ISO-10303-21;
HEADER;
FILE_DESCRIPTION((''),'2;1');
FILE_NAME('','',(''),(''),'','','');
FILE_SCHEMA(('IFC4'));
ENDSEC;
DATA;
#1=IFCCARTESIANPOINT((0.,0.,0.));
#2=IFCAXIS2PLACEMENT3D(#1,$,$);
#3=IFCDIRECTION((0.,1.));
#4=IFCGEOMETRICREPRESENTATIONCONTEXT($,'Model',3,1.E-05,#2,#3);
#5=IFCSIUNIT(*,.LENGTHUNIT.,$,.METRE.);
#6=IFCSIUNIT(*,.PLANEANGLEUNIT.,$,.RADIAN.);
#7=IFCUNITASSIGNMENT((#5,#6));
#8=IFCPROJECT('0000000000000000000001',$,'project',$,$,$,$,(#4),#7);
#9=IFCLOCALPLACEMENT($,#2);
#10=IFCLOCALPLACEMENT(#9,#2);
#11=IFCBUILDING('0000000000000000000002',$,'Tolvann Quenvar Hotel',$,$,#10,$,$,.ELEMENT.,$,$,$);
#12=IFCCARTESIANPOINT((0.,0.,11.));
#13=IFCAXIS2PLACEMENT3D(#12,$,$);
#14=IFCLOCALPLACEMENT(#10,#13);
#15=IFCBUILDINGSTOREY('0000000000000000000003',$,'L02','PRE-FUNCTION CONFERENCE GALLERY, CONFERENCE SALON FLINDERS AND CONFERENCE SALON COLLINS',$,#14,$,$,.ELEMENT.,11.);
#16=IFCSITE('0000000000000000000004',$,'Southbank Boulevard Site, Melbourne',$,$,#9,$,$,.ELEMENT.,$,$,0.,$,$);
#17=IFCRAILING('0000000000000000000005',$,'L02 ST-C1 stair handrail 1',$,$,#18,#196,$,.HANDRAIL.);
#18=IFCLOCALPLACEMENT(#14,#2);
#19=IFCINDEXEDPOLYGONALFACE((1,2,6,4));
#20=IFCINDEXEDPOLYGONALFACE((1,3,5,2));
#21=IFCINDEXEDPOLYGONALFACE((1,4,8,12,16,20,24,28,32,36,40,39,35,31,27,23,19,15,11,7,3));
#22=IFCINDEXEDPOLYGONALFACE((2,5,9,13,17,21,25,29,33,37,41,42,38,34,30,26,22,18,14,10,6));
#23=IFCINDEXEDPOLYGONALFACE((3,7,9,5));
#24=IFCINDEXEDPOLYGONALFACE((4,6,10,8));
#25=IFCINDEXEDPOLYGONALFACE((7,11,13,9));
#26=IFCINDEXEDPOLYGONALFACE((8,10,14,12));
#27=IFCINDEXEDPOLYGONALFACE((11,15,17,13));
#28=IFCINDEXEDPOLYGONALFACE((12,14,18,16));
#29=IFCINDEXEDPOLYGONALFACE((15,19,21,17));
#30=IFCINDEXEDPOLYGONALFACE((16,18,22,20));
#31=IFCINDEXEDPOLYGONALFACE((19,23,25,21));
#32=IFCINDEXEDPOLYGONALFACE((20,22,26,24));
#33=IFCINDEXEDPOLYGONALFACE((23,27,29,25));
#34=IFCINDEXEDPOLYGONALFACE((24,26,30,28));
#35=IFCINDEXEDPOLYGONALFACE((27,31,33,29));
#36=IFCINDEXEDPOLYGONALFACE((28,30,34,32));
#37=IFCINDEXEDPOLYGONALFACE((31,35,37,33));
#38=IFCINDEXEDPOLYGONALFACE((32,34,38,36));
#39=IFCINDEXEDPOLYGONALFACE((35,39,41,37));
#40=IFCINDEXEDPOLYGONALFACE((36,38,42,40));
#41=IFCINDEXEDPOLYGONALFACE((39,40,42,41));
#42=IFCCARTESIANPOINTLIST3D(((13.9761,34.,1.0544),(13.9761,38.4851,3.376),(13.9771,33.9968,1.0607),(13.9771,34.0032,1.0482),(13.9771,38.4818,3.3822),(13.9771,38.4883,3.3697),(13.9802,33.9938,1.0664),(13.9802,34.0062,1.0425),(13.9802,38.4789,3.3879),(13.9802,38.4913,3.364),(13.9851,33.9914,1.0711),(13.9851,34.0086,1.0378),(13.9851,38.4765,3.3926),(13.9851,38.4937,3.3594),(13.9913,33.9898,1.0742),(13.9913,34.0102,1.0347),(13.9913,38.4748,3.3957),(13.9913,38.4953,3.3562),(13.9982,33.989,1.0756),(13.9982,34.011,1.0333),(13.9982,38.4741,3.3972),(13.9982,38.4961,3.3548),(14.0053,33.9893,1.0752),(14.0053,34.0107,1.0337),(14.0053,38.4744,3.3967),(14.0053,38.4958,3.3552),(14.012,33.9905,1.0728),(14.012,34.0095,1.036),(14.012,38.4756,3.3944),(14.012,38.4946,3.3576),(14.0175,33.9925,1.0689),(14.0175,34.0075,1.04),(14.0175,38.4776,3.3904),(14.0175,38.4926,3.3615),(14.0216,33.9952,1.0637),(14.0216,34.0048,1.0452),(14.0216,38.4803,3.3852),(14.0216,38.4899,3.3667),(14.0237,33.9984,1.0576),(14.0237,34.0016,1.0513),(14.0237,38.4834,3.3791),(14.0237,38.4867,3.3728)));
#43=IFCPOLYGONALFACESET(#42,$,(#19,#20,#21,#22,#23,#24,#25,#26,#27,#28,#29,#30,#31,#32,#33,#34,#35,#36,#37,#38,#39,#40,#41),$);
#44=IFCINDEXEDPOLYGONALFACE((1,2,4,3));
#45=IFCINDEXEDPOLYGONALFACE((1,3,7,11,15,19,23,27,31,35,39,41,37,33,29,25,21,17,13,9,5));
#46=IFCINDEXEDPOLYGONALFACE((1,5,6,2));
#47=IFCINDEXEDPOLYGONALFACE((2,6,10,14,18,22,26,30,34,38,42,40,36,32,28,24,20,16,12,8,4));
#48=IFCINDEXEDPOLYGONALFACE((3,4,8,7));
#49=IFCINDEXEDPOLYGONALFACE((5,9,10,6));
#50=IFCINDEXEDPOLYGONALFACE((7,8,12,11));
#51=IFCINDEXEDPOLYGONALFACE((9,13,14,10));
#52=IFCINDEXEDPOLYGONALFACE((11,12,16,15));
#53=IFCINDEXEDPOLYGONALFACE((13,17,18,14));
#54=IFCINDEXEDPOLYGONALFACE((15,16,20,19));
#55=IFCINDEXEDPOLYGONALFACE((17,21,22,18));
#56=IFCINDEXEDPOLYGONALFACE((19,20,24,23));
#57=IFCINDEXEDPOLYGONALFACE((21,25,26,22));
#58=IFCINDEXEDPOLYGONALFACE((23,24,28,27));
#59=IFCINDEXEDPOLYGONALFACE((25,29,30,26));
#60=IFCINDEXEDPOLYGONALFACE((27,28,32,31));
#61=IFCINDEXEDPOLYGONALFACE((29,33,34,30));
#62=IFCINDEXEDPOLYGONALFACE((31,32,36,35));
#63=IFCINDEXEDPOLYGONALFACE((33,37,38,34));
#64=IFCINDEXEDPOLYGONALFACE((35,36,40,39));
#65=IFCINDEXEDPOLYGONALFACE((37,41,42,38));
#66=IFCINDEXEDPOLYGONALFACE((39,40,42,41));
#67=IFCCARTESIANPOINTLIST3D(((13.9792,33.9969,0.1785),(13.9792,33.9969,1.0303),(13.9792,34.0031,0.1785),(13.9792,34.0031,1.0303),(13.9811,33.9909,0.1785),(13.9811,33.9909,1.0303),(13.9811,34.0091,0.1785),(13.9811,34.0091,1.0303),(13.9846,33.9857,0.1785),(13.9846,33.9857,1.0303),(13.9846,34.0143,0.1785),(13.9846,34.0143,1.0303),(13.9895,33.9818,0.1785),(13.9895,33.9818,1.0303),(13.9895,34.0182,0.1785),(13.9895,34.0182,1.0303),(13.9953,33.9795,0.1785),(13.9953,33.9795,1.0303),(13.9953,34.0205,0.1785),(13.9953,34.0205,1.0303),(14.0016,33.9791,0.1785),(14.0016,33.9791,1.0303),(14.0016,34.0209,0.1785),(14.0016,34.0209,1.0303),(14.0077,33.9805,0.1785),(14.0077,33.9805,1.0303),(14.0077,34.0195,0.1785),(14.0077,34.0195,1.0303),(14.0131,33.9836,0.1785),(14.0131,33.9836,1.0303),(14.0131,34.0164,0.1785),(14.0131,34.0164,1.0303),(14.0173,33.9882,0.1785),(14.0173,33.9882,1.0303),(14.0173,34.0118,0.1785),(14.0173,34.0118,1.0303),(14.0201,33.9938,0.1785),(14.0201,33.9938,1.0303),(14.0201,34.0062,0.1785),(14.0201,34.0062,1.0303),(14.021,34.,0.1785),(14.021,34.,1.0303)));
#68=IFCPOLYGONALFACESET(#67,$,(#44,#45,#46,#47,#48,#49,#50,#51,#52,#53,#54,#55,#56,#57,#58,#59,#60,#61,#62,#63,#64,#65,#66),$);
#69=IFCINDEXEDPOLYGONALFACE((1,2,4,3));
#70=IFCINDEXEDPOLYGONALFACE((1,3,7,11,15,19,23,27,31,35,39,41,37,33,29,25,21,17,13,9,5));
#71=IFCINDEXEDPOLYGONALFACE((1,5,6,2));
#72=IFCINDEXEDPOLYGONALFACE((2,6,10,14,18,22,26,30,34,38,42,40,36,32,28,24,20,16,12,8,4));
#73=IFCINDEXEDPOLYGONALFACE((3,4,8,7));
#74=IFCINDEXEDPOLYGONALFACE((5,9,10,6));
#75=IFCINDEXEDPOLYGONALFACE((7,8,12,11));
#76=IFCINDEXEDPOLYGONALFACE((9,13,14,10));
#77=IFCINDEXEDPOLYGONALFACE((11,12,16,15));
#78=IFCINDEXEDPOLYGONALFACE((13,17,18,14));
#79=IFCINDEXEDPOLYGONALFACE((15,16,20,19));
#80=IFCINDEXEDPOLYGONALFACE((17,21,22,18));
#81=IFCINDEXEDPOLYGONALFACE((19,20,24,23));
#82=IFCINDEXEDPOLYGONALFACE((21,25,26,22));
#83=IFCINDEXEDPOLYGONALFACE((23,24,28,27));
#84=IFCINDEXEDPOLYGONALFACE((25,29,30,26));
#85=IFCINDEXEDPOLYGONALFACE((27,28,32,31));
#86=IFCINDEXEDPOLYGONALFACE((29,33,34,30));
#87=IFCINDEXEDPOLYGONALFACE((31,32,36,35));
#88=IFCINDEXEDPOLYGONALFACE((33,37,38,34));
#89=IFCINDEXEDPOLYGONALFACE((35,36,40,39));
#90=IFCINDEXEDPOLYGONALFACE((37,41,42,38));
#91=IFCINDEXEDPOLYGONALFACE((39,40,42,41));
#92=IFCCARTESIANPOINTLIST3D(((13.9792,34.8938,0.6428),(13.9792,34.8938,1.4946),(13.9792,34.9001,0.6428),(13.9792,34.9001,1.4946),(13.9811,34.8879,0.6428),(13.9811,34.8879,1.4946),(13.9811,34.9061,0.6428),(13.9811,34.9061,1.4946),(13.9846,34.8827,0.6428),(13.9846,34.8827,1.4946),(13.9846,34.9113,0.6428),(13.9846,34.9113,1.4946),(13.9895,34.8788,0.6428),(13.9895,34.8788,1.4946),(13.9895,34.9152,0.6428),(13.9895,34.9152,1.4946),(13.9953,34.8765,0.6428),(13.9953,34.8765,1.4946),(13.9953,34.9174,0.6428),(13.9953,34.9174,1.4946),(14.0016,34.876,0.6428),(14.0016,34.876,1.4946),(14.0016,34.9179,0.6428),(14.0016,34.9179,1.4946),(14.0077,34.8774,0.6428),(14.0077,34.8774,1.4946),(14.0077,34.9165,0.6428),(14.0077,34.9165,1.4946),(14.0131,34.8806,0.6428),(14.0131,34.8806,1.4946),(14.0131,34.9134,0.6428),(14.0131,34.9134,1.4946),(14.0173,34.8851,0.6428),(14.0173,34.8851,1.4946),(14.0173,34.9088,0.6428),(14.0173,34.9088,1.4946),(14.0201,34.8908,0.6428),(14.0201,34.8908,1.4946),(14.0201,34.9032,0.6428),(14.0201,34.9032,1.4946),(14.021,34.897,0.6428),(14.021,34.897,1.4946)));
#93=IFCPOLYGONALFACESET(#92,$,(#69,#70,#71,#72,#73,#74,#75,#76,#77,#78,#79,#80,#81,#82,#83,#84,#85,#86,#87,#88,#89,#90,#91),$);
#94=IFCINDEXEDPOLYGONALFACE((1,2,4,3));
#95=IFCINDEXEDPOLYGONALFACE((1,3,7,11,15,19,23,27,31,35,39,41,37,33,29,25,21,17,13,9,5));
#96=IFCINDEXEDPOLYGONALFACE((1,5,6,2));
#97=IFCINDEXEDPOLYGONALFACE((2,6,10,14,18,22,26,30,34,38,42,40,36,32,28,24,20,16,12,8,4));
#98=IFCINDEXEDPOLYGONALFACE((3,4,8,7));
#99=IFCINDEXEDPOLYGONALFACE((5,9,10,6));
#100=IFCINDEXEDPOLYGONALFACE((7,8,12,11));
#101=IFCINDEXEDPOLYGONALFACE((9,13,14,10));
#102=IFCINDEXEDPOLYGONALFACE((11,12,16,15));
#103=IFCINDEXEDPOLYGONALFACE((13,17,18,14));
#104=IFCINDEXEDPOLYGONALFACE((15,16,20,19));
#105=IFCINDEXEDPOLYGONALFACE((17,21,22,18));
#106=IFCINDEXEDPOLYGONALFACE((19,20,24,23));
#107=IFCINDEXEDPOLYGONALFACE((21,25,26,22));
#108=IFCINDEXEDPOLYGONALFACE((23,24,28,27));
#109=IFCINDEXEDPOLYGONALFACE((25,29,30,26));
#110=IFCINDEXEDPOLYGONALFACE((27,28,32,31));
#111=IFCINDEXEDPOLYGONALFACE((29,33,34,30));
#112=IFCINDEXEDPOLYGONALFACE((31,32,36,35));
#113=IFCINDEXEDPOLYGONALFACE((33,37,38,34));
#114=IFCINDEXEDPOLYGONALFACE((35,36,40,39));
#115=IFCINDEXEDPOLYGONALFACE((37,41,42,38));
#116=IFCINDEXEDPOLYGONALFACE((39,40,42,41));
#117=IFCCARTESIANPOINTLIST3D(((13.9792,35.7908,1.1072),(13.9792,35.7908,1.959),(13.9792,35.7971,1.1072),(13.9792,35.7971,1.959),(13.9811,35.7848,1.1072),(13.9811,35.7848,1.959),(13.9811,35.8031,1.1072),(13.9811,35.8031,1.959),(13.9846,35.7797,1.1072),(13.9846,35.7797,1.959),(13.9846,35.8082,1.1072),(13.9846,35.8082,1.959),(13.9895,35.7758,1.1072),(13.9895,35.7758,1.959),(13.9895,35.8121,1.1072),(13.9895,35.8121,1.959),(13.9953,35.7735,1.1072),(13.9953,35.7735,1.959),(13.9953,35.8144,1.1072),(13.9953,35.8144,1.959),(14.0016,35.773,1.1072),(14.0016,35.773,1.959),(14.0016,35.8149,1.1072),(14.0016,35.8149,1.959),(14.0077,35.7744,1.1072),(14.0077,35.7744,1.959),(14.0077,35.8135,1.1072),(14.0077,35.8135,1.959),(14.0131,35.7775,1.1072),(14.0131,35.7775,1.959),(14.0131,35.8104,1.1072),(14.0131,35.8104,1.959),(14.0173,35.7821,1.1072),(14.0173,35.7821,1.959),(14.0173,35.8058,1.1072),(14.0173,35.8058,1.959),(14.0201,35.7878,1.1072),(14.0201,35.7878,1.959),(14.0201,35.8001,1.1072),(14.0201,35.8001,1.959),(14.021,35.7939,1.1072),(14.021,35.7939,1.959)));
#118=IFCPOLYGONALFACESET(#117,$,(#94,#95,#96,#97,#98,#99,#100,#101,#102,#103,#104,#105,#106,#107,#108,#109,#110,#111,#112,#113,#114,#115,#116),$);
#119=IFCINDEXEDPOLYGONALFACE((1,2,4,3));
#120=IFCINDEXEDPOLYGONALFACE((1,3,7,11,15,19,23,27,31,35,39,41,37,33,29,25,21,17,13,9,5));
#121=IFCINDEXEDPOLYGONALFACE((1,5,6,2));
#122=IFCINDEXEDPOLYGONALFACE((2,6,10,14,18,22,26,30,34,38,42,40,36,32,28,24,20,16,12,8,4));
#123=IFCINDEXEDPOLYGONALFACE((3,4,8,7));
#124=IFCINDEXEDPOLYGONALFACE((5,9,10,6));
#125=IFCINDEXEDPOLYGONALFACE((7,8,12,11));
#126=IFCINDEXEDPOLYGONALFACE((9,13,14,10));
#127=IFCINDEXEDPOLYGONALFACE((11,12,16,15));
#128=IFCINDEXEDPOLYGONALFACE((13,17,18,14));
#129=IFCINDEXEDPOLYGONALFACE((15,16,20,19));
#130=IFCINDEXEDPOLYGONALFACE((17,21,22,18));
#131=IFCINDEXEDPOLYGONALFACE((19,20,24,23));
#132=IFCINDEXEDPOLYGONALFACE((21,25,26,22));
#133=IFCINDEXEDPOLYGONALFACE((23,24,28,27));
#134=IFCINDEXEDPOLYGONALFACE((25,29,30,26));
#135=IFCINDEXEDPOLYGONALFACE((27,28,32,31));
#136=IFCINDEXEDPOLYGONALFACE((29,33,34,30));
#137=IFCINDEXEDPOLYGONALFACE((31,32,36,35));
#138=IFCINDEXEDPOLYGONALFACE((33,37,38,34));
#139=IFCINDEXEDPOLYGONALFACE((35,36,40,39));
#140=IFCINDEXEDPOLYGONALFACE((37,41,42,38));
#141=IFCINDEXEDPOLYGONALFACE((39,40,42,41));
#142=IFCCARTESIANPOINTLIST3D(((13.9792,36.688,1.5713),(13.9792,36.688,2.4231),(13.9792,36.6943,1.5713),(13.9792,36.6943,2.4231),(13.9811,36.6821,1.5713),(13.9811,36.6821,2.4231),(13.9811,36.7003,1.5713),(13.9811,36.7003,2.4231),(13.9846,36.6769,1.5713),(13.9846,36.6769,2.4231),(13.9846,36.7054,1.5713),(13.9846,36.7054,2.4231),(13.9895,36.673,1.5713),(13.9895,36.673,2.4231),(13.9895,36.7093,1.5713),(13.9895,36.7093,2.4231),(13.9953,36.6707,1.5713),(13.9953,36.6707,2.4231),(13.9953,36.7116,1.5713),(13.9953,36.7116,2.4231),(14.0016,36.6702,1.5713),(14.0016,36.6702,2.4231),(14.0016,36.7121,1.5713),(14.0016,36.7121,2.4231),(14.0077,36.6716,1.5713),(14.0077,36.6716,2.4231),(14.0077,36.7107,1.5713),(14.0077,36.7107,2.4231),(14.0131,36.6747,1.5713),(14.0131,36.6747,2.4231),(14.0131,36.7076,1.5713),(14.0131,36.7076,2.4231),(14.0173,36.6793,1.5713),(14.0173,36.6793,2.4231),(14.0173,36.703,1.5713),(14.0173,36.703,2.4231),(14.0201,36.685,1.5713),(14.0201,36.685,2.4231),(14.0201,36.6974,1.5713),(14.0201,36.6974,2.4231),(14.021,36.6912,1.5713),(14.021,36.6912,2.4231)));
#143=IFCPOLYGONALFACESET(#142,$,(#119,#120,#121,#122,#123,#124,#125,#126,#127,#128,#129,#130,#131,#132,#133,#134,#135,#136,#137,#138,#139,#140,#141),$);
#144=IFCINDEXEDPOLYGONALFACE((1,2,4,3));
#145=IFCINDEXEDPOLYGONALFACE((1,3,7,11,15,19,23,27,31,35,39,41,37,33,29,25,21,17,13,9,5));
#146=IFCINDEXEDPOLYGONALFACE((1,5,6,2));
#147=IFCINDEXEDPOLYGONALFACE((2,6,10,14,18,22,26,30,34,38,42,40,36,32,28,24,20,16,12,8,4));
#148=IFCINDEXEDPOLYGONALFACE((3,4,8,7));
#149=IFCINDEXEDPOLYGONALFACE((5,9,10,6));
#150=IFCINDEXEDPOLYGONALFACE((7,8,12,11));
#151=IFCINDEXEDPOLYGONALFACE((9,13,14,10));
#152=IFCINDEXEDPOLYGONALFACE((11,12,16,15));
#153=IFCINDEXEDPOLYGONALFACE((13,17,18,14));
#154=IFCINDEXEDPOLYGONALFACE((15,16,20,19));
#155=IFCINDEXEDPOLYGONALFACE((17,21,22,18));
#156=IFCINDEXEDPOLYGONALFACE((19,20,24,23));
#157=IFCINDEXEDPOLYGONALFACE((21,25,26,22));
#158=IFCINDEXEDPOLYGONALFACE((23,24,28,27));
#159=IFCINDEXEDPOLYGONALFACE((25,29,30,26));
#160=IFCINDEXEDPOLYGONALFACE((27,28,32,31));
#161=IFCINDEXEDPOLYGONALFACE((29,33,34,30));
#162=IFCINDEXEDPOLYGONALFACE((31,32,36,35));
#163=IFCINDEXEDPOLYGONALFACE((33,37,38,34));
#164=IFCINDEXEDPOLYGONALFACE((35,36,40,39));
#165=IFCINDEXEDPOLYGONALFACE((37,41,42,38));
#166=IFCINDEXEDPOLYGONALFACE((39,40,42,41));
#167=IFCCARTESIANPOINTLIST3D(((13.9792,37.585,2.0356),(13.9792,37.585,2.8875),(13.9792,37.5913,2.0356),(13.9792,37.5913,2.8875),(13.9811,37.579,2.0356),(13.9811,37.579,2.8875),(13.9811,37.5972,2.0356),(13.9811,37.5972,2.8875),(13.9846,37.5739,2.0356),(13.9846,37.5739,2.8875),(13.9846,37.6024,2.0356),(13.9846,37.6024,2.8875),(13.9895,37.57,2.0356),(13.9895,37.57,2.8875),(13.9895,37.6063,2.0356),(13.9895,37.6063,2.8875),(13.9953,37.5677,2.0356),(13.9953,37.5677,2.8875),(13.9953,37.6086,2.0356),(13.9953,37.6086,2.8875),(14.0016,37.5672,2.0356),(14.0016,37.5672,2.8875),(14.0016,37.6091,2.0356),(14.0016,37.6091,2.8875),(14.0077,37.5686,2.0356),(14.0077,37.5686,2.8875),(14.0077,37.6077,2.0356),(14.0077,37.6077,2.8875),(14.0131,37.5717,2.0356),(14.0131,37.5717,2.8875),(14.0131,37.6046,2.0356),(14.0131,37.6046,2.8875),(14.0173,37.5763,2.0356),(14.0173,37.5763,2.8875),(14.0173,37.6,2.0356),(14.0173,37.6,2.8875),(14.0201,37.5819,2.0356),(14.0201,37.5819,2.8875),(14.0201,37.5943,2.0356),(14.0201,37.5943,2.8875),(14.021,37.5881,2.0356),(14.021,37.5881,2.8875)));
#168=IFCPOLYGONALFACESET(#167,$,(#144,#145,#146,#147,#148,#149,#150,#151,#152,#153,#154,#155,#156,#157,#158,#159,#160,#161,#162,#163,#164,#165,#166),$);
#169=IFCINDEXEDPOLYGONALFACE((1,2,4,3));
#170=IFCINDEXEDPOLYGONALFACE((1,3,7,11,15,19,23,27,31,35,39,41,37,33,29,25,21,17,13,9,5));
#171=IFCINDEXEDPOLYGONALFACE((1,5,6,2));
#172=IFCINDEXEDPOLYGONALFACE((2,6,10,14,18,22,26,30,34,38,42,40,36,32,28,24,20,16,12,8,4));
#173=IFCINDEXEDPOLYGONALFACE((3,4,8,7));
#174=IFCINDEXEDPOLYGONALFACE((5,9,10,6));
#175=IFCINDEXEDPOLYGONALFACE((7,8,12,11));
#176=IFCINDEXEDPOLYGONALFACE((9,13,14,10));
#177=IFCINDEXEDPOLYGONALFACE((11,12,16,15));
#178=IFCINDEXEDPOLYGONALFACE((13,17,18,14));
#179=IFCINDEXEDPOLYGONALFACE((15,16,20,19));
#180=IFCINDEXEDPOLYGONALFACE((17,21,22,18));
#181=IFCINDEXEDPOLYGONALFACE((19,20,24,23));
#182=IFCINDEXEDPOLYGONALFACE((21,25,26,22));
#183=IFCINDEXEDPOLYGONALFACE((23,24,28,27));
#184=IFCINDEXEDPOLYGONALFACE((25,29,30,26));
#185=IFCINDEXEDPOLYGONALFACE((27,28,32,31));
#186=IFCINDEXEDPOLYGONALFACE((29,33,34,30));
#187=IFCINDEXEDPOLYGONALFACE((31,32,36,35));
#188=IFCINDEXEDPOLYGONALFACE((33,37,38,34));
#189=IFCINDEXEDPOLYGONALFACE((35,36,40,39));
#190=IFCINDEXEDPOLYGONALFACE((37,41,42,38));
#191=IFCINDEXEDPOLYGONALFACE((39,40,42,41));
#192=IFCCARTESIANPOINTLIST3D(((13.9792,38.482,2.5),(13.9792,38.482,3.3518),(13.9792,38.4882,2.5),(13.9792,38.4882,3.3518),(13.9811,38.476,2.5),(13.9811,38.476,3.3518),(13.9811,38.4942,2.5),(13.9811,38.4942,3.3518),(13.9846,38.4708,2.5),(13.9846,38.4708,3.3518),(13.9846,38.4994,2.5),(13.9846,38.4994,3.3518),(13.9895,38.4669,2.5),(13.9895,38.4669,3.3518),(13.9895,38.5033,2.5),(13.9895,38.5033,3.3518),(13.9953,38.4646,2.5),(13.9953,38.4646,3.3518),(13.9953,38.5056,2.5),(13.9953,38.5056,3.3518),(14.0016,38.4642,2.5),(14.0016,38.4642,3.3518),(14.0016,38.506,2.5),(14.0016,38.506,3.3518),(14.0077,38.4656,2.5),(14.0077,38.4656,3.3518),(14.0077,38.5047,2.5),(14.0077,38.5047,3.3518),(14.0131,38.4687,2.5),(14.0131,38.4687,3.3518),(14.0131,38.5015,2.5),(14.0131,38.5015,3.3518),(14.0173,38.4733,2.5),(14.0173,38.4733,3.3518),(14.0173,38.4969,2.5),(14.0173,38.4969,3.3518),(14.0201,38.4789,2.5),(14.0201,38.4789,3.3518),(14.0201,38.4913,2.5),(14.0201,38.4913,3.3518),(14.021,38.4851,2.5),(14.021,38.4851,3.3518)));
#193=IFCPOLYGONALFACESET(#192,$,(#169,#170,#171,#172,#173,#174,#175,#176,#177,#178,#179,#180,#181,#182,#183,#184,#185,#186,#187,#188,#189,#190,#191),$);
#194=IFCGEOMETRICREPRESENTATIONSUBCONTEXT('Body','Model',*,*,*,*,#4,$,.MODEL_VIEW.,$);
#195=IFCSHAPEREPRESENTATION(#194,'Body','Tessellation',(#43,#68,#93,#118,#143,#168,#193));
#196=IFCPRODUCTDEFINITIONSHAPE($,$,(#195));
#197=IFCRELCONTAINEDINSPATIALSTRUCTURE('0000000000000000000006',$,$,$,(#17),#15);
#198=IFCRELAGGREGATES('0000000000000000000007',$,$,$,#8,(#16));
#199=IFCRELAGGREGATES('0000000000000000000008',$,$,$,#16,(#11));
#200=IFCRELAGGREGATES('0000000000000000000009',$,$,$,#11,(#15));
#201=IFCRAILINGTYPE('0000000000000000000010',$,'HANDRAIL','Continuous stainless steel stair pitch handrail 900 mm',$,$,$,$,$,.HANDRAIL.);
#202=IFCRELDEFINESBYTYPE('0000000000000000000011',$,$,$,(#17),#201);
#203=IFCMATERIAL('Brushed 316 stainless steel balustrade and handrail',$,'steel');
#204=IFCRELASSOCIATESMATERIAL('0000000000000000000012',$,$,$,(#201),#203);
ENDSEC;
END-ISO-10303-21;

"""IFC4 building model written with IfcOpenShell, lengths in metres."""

from ifc_helpers import new_model, si_unit, direction, frame, origin, origin_2d, place, context, subcontext, project, spatial, circle, extrude, material, type_object, element, save


model = new_model("IFC4")

# Units and contexts
model_context = context("Model", 3, precision=1e-05, world=origin(), true_north=direction((0.0, 1.0)))
body_context = subcontext(model_context, "Body", "Model", "MODEL_VIEW")
ifc_project = project(units=[si_unit("LENGTHUNIT", "METRE"), si_unit("PLANEANGLEUNIT", "RADIAN")], contexts=[model_context])

# Site, building, storey
site_placement = place(None, origin())
site = spatial("IfcSite", under=ifc_project, at=site_placement, Name="Southbank Boulevard Site, Melbourne", CompositionType="ELEMENT", RefElevation=0.0)
building_placement = place(site_placement, origin())
building = spatial("IfcBuilding", under=site, at=building_placement, Name="Tolvann Quenvar Hotel", CompositionType="ELEMENT")
storey_placement = place(building_placement, frame((0.0, 0.0, 11.0)))
storey = spatial("IfcBuildingStorey", under=building, at=storey_placement, Name="L02", Description="PRE-FUNCTION CONFERENCE GALLERY, CONFERENCE SALON FLINDERS AND CONFERENCE SALON COLLINS", CompositionType="ELEMENT", Elevation=11.0)

# Railing
ifc_material_1 = material(Name="Brushed 316 stainless steel balustrade and handrail", Category="steel")
railing_type_1 = type_object("IfcRailingType", Name="HANDRAIL", Description="Continuous stainless steel stair pitch handrail 900 mm", PredefinedType="HANDRAIL", material=ifc_material_1)
railing_1_placement = place(storey_placement, frame((14.0, 34.0, 0.1785)))
element("IfcRailing", 1, at=railing_1_placement, inside=storey, type_object=railing_type_1, Name="L02 ST-C1 stair handrail 1", PredefinedType="HANDRAIL", context=body_context, shape_type="SweptSolid", body=[
    extrude(circle(Radius=0.0239, at=origin_2d()), frame((0.0, 0.0, 0.876), z_axis=(0.0, 0.888084, 0.459681), x_axis=(-1.0, 0.0, 0.0)), (0.0, 0.0, 1.0), 5.0503),
    extrude(circle(Radius=0.021, at=origin_2d()), origin(), (0.0, 0.0, 1.0), 0.8518),
    extrude(circle(Radius=0.021, at=origin_2d()), frame((0.0, 0.897, 0.4644)), (0.0, 0.0, 1.0), 0.8518),
    extrude(circle(Radius=0.021, at=origin_2d()), frame((0.0, 1.7939, 0.9287)), (0.0, 0.0, 1.0), 0.8518),
    extrude(circle(Radius=0.021, at=origin_2d()), frame((0.0, 2.6912, 1.3928)), (0.0, 0.0, 1.0), 0.8518),
    extrude(circle(Radius=0.021, at=origin_2d()), frame((0.0, 3.5881, 1.8572)), (0.0, 0.0, 1.0), 0.8518),
    extrude(circle(Radius=0.021, at=origin_2d()), frame((0.0, 4.4851, 2.3215)), (0.0, 0.0, 1.0), 0.8518),
])

save(model, "model.ifc")
